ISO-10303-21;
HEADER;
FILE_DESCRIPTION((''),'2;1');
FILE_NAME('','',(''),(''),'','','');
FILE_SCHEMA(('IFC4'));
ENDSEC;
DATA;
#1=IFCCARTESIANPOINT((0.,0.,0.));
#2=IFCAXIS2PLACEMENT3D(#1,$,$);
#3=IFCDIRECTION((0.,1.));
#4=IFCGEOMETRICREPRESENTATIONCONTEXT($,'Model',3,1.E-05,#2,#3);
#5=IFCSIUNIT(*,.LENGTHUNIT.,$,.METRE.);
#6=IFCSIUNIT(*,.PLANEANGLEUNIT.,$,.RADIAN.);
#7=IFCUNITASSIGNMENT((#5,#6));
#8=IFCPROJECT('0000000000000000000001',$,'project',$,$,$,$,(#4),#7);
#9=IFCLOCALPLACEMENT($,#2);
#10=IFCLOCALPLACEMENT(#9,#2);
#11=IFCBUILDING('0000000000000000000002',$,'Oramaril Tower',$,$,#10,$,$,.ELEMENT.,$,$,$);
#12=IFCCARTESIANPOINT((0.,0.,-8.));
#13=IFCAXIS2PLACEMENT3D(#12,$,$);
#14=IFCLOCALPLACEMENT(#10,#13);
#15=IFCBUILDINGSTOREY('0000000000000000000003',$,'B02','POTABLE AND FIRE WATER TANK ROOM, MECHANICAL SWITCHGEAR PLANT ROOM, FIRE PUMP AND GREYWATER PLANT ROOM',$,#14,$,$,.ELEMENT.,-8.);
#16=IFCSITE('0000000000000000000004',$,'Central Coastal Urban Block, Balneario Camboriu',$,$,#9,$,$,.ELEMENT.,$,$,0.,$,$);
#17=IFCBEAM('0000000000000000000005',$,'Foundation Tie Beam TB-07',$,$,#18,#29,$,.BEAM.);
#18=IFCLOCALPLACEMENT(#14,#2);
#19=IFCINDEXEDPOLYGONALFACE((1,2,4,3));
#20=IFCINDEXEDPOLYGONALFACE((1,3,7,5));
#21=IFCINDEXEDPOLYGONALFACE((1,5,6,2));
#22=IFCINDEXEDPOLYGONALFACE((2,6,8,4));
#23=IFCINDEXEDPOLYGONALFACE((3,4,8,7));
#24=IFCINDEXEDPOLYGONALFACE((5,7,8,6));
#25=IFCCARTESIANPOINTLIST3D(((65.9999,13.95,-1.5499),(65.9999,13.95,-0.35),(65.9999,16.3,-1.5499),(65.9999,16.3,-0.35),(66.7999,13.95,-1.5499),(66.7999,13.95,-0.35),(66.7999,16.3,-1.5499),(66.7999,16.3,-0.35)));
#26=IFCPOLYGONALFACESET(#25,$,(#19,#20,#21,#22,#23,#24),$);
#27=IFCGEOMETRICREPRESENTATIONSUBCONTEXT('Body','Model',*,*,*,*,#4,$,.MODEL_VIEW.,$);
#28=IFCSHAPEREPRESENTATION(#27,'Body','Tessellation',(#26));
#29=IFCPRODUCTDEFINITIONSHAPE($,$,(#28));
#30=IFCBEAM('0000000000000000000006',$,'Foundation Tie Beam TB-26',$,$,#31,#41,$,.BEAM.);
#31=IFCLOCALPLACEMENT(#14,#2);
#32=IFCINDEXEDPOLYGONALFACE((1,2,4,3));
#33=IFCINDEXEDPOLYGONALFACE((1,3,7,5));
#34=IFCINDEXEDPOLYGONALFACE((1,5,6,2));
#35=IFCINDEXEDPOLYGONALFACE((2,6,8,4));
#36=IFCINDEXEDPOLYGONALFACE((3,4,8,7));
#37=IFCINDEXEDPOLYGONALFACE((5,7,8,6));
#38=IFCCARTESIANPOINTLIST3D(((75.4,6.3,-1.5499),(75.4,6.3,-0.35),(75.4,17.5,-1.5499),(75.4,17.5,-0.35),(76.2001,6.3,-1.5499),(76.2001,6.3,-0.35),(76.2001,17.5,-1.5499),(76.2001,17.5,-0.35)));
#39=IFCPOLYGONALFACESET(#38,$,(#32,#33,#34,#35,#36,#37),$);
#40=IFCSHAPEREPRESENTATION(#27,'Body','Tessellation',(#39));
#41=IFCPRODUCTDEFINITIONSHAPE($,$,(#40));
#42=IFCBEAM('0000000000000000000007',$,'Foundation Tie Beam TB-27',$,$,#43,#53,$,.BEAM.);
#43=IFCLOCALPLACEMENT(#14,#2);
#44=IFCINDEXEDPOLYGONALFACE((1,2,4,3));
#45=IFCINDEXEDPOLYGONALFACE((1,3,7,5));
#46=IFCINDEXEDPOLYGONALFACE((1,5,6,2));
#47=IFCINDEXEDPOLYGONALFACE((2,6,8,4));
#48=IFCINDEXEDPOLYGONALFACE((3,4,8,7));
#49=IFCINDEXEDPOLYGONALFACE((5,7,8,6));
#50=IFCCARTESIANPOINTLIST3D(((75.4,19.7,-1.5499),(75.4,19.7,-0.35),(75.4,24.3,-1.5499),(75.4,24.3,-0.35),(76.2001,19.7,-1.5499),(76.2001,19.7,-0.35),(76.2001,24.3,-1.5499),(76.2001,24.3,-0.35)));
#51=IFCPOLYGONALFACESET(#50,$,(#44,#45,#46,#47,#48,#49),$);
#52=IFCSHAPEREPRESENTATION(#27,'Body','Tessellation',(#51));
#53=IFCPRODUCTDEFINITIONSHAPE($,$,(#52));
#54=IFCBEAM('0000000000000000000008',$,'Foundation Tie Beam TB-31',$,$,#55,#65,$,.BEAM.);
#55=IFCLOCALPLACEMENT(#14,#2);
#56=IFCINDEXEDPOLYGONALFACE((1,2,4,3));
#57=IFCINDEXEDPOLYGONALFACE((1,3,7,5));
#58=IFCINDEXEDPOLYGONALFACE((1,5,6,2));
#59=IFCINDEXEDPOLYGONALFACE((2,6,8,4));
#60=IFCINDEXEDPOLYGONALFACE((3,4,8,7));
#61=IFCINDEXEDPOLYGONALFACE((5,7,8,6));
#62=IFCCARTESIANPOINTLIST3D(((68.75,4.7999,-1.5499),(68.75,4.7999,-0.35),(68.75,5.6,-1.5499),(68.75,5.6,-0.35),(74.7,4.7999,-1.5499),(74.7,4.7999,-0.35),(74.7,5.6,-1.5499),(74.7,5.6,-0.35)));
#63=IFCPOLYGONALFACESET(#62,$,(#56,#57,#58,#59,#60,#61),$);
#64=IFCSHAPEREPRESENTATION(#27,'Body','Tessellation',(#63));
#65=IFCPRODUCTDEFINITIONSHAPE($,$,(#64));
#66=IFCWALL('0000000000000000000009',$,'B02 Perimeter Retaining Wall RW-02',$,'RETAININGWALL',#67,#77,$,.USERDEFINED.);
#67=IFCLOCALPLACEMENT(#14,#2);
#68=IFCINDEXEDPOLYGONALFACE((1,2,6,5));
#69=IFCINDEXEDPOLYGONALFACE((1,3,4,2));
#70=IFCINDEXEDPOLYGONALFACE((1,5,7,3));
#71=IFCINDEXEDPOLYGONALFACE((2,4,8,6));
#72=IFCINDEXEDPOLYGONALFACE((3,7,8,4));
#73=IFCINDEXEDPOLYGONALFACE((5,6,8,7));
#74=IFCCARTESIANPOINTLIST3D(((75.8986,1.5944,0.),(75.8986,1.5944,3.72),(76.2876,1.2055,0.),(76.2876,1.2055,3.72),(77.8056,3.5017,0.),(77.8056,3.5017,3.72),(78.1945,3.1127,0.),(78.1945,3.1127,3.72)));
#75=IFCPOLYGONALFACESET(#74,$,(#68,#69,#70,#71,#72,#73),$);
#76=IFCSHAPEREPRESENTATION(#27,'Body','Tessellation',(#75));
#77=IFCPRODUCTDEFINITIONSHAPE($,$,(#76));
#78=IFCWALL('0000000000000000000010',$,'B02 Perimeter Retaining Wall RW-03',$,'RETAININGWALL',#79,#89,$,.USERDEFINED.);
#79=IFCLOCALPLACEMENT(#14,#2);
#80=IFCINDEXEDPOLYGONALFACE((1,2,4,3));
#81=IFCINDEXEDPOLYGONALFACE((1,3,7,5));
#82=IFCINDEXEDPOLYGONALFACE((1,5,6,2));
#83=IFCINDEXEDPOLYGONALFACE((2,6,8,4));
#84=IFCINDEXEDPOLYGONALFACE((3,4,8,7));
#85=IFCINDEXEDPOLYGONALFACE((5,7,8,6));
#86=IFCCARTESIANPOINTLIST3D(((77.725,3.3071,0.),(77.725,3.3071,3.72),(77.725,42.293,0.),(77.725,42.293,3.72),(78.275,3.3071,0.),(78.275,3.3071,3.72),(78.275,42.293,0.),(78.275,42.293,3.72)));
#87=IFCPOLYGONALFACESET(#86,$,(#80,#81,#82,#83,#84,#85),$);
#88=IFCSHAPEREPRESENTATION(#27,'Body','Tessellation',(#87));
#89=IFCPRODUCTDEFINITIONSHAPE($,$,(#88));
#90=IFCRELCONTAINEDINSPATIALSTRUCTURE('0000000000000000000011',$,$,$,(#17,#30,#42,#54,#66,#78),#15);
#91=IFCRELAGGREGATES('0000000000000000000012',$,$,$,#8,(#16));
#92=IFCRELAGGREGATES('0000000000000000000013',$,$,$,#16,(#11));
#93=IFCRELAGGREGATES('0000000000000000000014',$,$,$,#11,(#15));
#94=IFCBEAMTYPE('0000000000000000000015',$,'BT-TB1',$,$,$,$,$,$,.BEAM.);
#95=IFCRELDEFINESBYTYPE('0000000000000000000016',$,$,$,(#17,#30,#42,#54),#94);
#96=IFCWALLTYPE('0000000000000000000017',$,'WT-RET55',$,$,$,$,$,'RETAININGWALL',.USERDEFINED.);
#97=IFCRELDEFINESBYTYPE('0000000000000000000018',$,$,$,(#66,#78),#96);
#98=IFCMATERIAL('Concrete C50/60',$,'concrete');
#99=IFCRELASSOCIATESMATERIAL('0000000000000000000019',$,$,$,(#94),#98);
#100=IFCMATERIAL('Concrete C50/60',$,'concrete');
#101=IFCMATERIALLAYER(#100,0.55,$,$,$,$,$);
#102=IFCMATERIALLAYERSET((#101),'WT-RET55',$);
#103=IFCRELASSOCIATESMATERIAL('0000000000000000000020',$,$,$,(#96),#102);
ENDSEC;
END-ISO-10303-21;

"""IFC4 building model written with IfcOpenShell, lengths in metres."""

from ifc_helpers import new_model, si_unit, direction, frame, frame_2d, origin, origin_2d, place, context, subcontext, project, spatial, rectangle, extrude, material, layer, layer_set, material_profile, profile_set, type_object, element, save


model = new_model("IFC4")

# Units and contexts
model_context = context("Model", 3, precision=1e-05, world=origin(), true_north=direction((0.0, 1.0)))
body_context = subcontext(model_context, "Body", "Model", "MODEL_VIEW")
ifc_project = project(units=[si_unit("LENGTHUNIT", "METRE"), si_unit("PLANEANGLEUNIT", "RADIAN")], contexts=[model_context])

# Site, building, storey
site_placement = place(None, origin())
site = spatial("IfcSite", under=ifc_project, at=site_placement, Name="Central Coastal Urban Block, Balneario Camboriu", CompositionType="ELEMENT", RefElevation=0.0)
building_placement = place(site_placement, origin())
building = spatial("IfcBuilding", under=site, at=building_placement, Name="Oramaril Tower", CompositionType="ELEMENT")
storey_placement = place(building_placement, frame((0.0, 0.0, -8.0)))
storey = spatial("IfcBuildingStorey", under=building, at=storey_placement, Name="B02", Description="POTABLE AND FIRE WATER TANK ROOM, MECHANICAL SWITCHGEAR PLANT ROOM, FIRE PUMP AND GREYWATER PLANT ROOM", CompositionType="ELEMENT", Elevation=-8.0)

# Beams
ifc_material_1 = material(Name="Concrete C50/60", Category="concrete")
ifc_material_profile_1 = material_profile(ifc_material_1, rectangle(XDim=0.8, YDim=1.2, at=origin_2d()), Name="TB800X1200")
ifc_profile_set_1 = profile_set([ifc_material_profile_1], Name="Concrete C50/60")
beam_type_1 = type_object("IfcBeamType", Name="BT-TB1", PredefinedType="BEAM", material=ifc_profile_set_1)
beam_1_placement = place(storey_placement, frame((66.3999, 13.95, -0.95), z_axis=(0.0, 1.0, 0.0), x_axis=(-1.0, 0.0, 0.0)))
element("IfcBeam", 1, at=beam_1_placement, inside=storey, type_object=beam_type_1, Name="Foundation Tie Beam TB-07", PredefinedType="BEAM", context=body_context, shape_type="SweptSolid", body=[
    extrude(rectangle(XDim=0.8, YDim=1.2, at=origin_2d()), origin(), (0.0, 0.0, 1.0), 2.3501),
])
beam_2_placement = place(storey_placement, frame((75.8, 6.3, -0.95), z_axis=(0.0, 1.0, 0.0), x_axis=(-1.0, 0.0, 0.0)))
element("IfcBeam", 2, at=beam_2_placement, inside=storey, type_object=beam_type_1, Name="Foundation Tie Beam TB-26", PredefinedType="BEAM", context=body_context, shape_type="SweptSolid", body=[
    extrude(rectangle(XDim=0.8, YDim=1.2, at=origin_2d()), origin(), (0.0, 0.0, 1.0), 11.2),
])
beam_3_placement = place(storey_placement, frame((75.8, 19.7, -0.95), z_axis=(0.0, 1.0, 0.0), x_axis=(-1.0, 0.0, 0.0)))
element("IfcBeam", 3, at=beam_3_placement, inside=storey, type_object=beam_type_1, Name="Foundation Tie Beam TB-27", PredefinedType="BEAM", context=body_context, shape_type="SweptSolid", body=[
    extrude(rectangle(XDim=0.8, YDim=1.2, at=origin_2d()), origin(), (0.0, 0.0, 1.0), 4.6001),
])
beam_4_placement = place(storey_placement, frame((68.75, 5.2, -0.95), z_axis=(1.0, 0.0, 0.0), x_axis=(0.0, 1.0, 0.0)))
element("IfcBeam", 4, at=beam_4_placement, inside=storey, type_object=beam_type_1, Name="Foundation Tie Beam TB-31", PredefinedType="BEAM", context=body_context, shape_type="SweptSolid", body=[
    extrude(rectangle(XDim=0.8, YDim=1.2, at=origin_2d()), origin(), (0.0, 0.0, 1.0), 5.95),
])

# Walls
ifc_material_2 = material(Name="Concrete C50/60", Category="concrete")
ifc_layer = layer(ifc_material_2, 0.55)
ifc_layer_set = layer_set([ifc_layer], Name="WT-RET55")
wall_type = type_object("IfcWallType", Name="WT-RET55", ElementType="RETAININGWALL", PredefinedType="USERDEFINED", material=ifc_layer_set)
wall_1_placement = place(storey_placement, frame((76.093, 1.3999, 0.0), z_axis=(0.0, 0.0, 1.0), x_axis=(0.707062, 0.707152, 0.0)))
element("IfcWall", 5, at=wall_1_placement, inside=storey, type_object=wall_type, Name="B02 Perimeter Retaining Wall RW-02", ObjectType="RETAININGWALL", PredefinedType="USERDEFINED", context=body_context, shape_type="SweptSolid", body=[
    extrude(rectangle(XDim=2.697, YDim=0.55, at=frame_2d((1.3486, 0.0))), origin(), (0.0, 0.0, 1.0), 3.72),
])
wall_2_placement = place(storey_placement, frame((78.0, 3.3071, 0.0), z_axis=(0.0, 0.0, 1.0), x_axis=(0.0, 1.0, 0.0)))
element("IfcWall", 6, at=wall_2_placement, inside=storey, type_object=wall_type, Name="B02 Perimeter Retaining Wall RW-03", ObjectType="RETAININGWALL", PredefinedType="USERDEFINED", context=body_context, shape_type="SweptSolid", body=[
    extrude(rectangle(XDim=38.9858, YDim=0.55, at=frame_2d((19.4929, 0.0))), origin(), (0.0, 0.0, 1.0), 3.72),
])

save(model, "model.ifc")
